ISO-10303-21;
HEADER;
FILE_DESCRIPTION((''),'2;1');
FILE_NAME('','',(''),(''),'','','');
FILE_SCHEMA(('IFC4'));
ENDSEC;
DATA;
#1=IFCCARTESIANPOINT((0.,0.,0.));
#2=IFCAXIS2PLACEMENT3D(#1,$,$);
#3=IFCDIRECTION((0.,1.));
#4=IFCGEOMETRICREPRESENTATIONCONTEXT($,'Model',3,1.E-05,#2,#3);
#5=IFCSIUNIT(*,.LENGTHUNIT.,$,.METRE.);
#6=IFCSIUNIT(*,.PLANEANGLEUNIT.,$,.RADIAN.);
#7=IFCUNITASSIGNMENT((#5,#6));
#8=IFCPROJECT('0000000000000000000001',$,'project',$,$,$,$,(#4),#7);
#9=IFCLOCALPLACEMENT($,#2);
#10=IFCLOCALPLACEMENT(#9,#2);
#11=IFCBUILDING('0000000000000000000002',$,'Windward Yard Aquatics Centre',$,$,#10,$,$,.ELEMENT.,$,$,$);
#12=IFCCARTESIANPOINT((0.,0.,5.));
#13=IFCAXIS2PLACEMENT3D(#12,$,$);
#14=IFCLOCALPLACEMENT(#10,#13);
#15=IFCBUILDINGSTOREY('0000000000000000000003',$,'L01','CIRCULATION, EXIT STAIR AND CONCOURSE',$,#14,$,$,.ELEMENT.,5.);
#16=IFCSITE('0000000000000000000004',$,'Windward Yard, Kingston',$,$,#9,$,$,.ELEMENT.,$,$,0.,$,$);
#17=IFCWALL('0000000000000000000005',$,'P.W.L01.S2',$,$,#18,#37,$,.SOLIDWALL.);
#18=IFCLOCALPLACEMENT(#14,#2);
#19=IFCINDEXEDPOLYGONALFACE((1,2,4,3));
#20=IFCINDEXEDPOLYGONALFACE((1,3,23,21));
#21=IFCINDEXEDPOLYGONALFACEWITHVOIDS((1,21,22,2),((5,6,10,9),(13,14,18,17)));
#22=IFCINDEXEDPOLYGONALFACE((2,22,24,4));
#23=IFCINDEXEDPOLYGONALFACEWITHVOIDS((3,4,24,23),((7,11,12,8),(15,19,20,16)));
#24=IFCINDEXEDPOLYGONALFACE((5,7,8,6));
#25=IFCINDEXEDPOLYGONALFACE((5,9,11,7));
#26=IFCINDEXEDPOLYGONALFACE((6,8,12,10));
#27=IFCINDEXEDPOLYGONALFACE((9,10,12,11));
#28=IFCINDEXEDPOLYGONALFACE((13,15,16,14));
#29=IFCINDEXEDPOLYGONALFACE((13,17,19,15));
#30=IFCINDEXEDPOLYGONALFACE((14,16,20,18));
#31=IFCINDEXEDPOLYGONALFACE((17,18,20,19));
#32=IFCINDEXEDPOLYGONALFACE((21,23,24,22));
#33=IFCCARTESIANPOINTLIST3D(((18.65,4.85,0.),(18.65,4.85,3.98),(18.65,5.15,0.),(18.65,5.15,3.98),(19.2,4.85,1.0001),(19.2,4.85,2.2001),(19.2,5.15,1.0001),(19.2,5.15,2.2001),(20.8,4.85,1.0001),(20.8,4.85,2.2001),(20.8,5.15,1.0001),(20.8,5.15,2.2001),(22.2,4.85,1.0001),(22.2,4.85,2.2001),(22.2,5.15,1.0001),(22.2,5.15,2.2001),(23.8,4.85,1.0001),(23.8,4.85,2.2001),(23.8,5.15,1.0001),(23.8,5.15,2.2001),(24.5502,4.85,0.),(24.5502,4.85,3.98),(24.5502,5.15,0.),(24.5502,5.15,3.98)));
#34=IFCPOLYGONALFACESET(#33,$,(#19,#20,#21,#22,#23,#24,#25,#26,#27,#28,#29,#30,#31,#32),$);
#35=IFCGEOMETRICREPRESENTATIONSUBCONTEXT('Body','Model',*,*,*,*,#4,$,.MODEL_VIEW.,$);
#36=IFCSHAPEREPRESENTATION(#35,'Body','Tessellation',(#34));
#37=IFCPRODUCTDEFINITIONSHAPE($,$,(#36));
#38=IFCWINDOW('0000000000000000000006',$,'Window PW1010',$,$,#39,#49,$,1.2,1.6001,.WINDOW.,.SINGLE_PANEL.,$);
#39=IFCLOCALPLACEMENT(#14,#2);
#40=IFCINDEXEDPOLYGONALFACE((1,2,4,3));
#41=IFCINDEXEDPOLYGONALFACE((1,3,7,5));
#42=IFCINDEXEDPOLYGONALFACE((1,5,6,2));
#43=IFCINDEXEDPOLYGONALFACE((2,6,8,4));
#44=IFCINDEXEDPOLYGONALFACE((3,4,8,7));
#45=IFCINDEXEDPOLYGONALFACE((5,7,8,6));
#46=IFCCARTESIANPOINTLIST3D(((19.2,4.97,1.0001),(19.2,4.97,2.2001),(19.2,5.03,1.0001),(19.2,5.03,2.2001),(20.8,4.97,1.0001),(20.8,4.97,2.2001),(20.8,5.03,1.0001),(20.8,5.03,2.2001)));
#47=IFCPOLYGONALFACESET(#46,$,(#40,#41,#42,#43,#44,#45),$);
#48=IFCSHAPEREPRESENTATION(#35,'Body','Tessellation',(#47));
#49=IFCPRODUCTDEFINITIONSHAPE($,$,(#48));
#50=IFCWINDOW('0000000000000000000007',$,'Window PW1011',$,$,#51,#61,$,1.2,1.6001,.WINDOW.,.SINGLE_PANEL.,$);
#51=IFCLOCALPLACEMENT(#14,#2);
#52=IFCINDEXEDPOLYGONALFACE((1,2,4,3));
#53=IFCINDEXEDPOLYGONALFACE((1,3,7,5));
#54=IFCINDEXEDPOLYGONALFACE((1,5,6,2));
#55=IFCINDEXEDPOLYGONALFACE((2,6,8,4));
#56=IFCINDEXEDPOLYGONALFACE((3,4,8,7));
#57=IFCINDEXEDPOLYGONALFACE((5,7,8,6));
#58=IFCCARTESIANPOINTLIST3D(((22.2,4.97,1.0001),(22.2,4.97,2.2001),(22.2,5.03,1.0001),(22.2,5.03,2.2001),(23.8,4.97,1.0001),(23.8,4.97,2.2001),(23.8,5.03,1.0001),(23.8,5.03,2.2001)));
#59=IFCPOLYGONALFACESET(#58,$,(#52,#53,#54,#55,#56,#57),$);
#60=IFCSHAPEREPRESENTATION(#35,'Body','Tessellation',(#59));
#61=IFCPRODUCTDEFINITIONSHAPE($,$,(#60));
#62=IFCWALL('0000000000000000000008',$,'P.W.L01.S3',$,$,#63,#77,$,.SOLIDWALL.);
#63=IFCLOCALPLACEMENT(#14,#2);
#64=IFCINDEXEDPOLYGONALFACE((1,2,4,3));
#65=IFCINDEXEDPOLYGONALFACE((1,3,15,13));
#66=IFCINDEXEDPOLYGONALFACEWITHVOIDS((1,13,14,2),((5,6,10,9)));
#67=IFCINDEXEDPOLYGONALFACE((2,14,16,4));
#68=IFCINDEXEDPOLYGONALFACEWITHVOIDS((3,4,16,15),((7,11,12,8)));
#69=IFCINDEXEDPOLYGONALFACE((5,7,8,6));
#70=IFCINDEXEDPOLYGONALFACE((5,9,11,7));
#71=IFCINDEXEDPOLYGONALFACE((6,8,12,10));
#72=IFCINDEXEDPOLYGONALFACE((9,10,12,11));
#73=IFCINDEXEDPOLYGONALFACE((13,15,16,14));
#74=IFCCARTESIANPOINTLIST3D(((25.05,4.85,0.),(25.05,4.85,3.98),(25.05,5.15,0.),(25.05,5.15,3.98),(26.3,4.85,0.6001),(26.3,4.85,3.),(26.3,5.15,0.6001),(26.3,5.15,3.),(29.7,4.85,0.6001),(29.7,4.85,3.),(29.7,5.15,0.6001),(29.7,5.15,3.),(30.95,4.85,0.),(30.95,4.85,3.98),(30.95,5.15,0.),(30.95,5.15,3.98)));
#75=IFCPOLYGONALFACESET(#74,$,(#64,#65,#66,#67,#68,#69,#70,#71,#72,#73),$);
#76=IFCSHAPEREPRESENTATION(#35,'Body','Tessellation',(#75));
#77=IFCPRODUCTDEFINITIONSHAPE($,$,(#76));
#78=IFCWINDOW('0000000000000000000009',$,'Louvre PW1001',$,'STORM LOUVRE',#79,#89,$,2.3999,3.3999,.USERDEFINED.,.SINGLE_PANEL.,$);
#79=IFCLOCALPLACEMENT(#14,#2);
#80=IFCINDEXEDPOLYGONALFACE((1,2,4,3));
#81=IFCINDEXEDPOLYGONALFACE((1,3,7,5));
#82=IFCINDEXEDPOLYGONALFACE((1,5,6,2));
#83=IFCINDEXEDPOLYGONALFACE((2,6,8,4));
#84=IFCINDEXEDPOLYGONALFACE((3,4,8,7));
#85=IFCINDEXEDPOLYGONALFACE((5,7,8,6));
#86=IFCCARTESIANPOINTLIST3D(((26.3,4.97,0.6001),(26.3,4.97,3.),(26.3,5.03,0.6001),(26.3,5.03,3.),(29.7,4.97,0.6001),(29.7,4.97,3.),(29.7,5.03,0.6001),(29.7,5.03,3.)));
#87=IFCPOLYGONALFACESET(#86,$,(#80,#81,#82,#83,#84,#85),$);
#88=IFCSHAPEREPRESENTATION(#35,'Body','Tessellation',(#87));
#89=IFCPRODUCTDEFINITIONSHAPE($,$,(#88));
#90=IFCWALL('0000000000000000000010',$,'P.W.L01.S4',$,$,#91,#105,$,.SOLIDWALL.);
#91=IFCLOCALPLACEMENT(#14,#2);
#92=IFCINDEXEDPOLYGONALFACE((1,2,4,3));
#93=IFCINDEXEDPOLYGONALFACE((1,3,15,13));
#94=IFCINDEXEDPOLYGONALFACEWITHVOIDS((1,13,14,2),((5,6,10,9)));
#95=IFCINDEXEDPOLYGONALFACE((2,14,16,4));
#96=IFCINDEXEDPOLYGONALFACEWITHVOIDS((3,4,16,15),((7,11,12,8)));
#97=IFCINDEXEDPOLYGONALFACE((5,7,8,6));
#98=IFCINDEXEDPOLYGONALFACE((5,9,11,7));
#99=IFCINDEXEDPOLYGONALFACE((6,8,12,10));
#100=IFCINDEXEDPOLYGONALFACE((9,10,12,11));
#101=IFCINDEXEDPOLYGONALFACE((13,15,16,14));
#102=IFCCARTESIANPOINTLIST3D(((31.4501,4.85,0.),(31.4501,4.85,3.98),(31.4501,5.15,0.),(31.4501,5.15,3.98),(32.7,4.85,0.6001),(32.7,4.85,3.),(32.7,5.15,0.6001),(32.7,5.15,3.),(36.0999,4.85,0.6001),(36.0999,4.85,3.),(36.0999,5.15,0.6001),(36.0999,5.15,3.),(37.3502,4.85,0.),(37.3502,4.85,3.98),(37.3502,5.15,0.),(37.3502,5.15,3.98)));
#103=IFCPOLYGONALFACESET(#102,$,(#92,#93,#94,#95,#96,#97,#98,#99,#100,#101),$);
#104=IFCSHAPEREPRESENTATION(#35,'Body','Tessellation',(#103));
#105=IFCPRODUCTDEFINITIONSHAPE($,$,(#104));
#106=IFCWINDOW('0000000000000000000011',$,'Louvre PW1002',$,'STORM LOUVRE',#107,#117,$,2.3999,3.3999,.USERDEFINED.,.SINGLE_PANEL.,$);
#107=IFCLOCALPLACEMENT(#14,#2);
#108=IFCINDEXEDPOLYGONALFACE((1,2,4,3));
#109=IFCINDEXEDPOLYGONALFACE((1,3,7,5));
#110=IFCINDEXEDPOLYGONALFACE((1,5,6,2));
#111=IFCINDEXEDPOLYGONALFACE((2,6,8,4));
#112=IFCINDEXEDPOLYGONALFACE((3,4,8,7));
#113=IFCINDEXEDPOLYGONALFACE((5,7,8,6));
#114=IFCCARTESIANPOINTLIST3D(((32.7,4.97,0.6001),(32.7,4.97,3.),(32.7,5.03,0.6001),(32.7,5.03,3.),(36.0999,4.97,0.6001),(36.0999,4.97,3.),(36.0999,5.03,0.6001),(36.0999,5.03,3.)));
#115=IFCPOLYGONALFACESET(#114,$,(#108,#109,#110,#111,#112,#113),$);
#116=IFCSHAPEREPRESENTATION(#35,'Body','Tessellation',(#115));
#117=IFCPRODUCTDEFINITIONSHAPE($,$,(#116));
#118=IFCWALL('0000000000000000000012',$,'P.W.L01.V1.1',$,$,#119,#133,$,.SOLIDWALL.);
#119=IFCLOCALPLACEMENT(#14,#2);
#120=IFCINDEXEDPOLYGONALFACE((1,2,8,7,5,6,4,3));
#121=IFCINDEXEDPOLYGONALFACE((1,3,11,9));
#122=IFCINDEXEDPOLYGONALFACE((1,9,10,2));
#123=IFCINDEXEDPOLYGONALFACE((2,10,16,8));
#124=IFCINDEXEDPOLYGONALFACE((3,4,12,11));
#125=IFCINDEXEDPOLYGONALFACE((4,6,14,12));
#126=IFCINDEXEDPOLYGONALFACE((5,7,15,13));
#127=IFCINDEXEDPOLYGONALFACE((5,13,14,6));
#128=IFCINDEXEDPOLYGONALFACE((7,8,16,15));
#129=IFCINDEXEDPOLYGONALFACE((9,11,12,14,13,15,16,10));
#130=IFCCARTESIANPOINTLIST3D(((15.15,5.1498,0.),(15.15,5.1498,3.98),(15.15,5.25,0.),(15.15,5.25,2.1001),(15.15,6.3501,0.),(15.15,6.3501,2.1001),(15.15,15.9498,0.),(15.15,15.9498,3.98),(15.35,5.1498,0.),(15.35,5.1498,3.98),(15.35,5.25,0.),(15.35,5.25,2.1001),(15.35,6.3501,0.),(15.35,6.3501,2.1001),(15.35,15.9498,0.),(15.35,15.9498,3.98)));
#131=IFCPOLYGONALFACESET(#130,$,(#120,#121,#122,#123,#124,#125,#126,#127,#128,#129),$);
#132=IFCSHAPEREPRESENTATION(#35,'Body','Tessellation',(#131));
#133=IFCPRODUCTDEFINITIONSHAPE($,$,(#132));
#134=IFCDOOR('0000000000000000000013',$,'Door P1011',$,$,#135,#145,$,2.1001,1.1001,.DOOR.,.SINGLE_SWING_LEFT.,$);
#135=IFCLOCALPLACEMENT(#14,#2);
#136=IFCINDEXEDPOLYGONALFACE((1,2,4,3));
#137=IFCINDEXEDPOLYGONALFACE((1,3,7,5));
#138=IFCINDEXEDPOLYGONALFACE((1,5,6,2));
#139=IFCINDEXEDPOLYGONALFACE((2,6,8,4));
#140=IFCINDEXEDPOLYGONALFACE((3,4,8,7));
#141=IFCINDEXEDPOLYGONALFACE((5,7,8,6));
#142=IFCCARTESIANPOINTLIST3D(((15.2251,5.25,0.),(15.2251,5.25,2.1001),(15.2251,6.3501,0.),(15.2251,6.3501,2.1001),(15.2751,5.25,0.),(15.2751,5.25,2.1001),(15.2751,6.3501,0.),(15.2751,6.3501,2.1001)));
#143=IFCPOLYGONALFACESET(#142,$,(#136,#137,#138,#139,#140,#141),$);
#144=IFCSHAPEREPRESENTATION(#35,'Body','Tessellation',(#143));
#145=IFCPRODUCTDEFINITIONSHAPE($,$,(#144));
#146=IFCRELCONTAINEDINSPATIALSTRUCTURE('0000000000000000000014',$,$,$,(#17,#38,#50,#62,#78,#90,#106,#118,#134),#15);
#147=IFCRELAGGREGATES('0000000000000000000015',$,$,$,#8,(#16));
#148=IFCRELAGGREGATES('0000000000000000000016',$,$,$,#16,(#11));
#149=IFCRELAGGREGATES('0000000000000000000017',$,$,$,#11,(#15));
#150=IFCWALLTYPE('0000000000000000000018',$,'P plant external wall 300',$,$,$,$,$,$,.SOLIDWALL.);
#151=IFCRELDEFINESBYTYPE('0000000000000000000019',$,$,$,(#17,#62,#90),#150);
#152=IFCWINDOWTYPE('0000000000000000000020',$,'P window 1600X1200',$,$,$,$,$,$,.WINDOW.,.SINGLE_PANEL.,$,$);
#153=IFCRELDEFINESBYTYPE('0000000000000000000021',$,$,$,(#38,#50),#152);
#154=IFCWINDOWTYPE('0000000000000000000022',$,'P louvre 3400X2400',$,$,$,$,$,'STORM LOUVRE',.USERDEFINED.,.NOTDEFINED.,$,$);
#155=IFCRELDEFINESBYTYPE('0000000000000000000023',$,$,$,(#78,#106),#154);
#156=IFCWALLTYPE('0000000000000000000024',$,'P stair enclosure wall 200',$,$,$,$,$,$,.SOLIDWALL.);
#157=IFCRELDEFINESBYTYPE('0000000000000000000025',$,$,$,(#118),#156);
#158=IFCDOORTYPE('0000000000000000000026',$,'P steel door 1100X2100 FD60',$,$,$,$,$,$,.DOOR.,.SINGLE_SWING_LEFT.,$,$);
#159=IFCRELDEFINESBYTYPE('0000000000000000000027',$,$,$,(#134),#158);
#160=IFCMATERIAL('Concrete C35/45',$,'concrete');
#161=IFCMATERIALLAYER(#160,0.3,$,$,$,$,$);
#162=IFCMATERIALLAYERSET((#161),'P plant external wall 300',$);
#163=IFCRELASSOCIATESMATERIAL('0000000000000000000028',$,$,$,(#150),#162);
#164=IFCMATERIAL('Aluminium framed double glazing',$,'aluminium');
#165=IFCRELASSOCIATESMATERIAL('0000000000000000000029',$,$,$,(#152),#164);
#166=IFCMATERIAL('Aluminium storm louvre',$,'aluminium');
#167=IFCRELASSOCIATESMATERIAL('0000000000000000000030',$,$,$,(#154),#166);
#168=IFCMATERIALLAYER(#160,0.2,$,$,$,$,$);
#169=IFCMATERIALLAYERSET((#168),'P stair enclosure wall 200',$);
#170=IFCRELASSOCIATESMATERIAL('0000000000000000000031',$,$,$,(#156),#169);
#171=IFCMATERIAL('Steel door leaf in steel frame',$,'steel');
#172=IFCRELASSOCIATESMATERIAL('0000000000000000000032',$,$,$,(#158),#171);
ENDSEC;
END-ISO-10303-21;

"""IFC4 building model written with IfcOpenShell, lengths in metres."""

from ifc_helpers import new_model, si_unit, direction, frame, frame_2d, origin, place, context, subcontext, project, spatial, rectangle, extrude, material, layer, layer_set, type_object, element, fill, save


model = new_model("IFC4")

# Units and contexts
model_context = context("Model", 3, precision=1e-05, world=origin(), true_north=direction((0.0, 1.0)))
body_context = subcontext(model_context, "Body", "Model", "MODEL_VIEW")
ifc_project = project(units=[si_unit("LENGTHUNIT", "METRE"), si_unit("PLANEANGLEUNIT", "RADIAN")], contexts=[model_context])

# Site, building, storey
site_placement = place(None, origin())
site = spatial("IfcSite", under=ifc_project, at=site_placement, Name="Windward Yard, Kingston", CompositionType="ELEMENT", RefElevation=0.0)
building_placement = place(site_placement, origin())
building = spatial("IfcBuilding", under=site, at=building_placement, Name="Windward Yard Aquatics Centre", CompositionType="ELEMENT")
storey_placement = place(building_placement, frame((0.0, 0.0, 5.0)))
storey = spatial("IfcBuildingStorey", under=building, at=storey_placement, Name="L01", Description="CIRCULATION, EXIT STAIR AND CONCOURSE", CompositionType="ELEMENT", Elevation=5.0)

# Shared definitions
ifc_material_1 = material(Name="Concrete C35/45", Category="concrete")

# Wall, openings, windows
ifc_layer_1 = layer(ifc_material_1, 0.3)
ifc_layer_set_1 = layer_set([ifc_layer_1], Name="P plant external wall 300")
wall_type_1 = type_object("IfcWallType", Name="P plant external wall 300", PredefinedType="SOLIDWALL", material=ifc_layer_set_1)
wall_1_placement = place(storey_placement, frame((18.6499, 5.0, 0.0), z_axis=(0.0, 0.0, 1.0), x_axis=(1.0, 0.0, 0.0)))
wall_1 = element("IfcWall", 1, at=wall_1_placement, inside=storey, type_object=wall_type_1, Name="P.W.L01.S2", PredefinedType="SOLIDWALL", context=body_context, shape_type="SweptSolid", body=[
    extrude(rectangle(XDim=5.9001, YDim=0.3, at=frame_2d((2.9502, 0.0))), origin(), (0.0, 0.0, 1.0), 3.98),
])
opening_1_placement = place(wall_1_placement, frame((0.55, 0.0, 1.0)))
opening_1 = element("IfcOpeningElement", 2, at=opening_1_placement, cuts=wall_1, PredefinedType="OPENING", context=body_context, shape_type="SweptSolid", body=[
    extrude(rectangle(XDim=1.6001, YDim=1.2, at=frame_2d((0.8, 0.6001))), frame((0.0, 0.1602, 0.0), z_axis=(0.0, -1.0, 0.0), x_axis=(1.0, 0.0, 0.0)), (0.0, 0.0, 1.0), 0.3201),
])
opening_2_placement = place(wall_1_placement, frame((3.55, 0.0, 1.0)))
opening_2 = element("IfcOpeningElement", 3, at=opening_2_placement, cuts=wall_1, PredefinedType="OPENING", context=body_context, shape_type="SweptSolid", body=[
    extrude(rectangle(XDim=1.6001, YDim=1.2, at=frame_2d((0.8, 0.6001))), frame((0.0, 0.1602, 0.0), z_axis=(0.0, -1.0, 0.0), x_axis=(1.0, 0.0, 0.0)), (0.0, 0.0, 1.0), 0.3201),
])
ifc_material_2 = material(Name="Aluminium framed double glazing", Category="aluminium")
window_type_1 = type_object("IfcWindowType", Name="P window 1600X1200", PartitioningType="SINGLE_PANEL", PredefinedType="WINDOW", material=ifc_material_2)
window_1_placement = place(opening_1_placement, origin())
window_1 = element("IfcWindow", 4, at=window_1_placement, inside=storey, type_object=window_type_1, Name="Window PW1010", OverallHeight=1.2, OverallWidth=1.6001, PartitioningType="SINGLE_PANEL", PredefinedType="WINDOW", context=body_context, shape_type="SweptSolid", body=[
    extrude(rectangle(XDim=1.6001, YDim=1.2, at=frame_2d((0.8, 0.6001))), frame((0.0, 0.03, 0.0), z_axis=(0.0, -1.0, 0.0), x_axis=(1.0, 0.0, 0.0)), (0.0, 0.0, 1.0), 0.0601),
])
fill(opening_1, window_1)
window_2_placement = place(opening_2_placement, origin())
window_2 = element("IfcWindow", 5, at=window_2_placement, inside=storey, type_object=window_type_1, Name="Window PW1011", OverallHeight=1.2, OverallWidth=1.6001, PartitioningType="SINGLE_PANEL", PredefinedType="WINDOW", context=body_context, shape_type="SweptSolid", body=[
    extrude(rectangle(XDim=1.6001, YDim=1.2, at=frame_2d((0.8, 0.6001))), frame((0.0, 0.03, 0.0), z_axis=(0.0, -1.0, 0.0), x_axis=(1.0, 0.0, 0.0)), (0.0, 0.0, 1.0), 0.0601),
])
fill(opening_2, window_2)

# Walls, openings, windows
wall_2_placement = place(storey_placement, frame((25.05, 5.0, 0.0), z_axis=(0.0, 0.0, 1.0), x_axis=(1.0, 0.0, 0.0)))
wall_2 = element("IfcWall", 6, at=wall_2_placement, inside=storey, type_object=wall_type_1, Name="P.W.L01.S3", PredefinedType="SOLIDWALL", context=body_context, shape_type="SweptSolid", body=[
    extrude(rectangle(XDim=5.8999, YDim=0.3, at=frame_2d((2.95, 0.0))), origin(), (0.0, 0.0, 1.0), 3.98),
])
opening_3_placement = place(wall_2_placement, frame((1.25, 0.0, 0.6001)))
opening_3 = element("IfcOpeningElement", 7, at=opening_3_placement, cuts=wall_2, PredefinedType="OPENING", context=body_context, shape_type="SweptSolid", body=[
    extrude(rectangle(XDim=3.3999, YDim=2.3999, at=frame_2d((1.7, 1.2))), frame((0.0, 0.1602, 0.0), z_axis=(0.0, -1.0, 0.0), x_axis=(1.0, 0.0, 0.0)), (0.0, 0.0, 1.0), 0.3201),
])
ifc_material_3 = material(Name="Aluminium storm louvre", Category="aluminium")
window_type_2 = type_object("IfcWindowType", Name="P louvre 3400X2400", ElementType="STORM LOUVRE", PartitioningType="NOTDEFINED", PredefinedType="USERDEFINED", material=ifc_material_3)
window_3_placement = place(opening_3_placement, origin())
window_3 = element("IfcWindow", 8, at=window_3_placement, inside=storey, type_object=window_type_2, Name="Louvre PW1001", ObjectType="STORM LOUVRE", OverallHeight=2.3999, OverallWidth=3.3999, PartitioningType="SINGLE_PANEL", PredefinedType="USERDEFINED", context=body_context, shape_type="SweptSolid", body=[
    extrude(rectangle(XDim=3.3999, YDim=2.3999, at=frame_2d((1.7, 1.2))), frame((0.0, 0.03, 0.0), z_axis=(0.0, -1.0, 0.0), x_axis=(1.0, 0.0, 0.0)), (0.0, 0.0, 1.0), 0.0601),
])
fill(opening_3, window_3)
wall_3_placement = place(storey_placement, frame((31.45, 5.0, 0.0), z_axis=(0.0, 0.0, 1.0), x_axis=(1.0, 0.0, 0.0)))
wall_3 = element("IfcWall", 9, at=wall_3_placement, inside=storey, type_object=wall_type_1, Name="P.W.L01.S4", PredefinedType="SOLIDWALL", context=body_context, shape_type="SweptSolid", body=[
    extrude(rectangle(XDim=5.9001, YDim=0.3, at=frame_2d((2.9502, 0.0))), origin(), (0.0, 0.0, 1.0), 3.98),
])
opening_4_placement = place(wall_3_placement, frame((1.25, 0.0, 0.6001)))
opening_4 = element("IfcOpeningElement", 10, at=opening_4_placement, cuts=wall_3, PredefinedType="OPENING", context=body_context, shape_type="SweptSolid", body=[
    extrude(rectangle(XDim=3.3999, YDim=2.3999, at=frame_2d((1.7, 1.2))), frame((0.0, 0.1602, 0.0), z_axis=(0.0, -1.0, 0.0), x_axis=(1.0, 0.0, 0.0)), (0.0, 0.0, 1.0), 0.3201),
])
window_4_placement = place(opening_4_placement, origin())
window_4 = element("IfcWindow", 11, at=window_4_placement, inside=storey, type_object=window_type_2, Name="Louvre PW1002", ObjectType="STORM LOUVRE", OverallHeight=2.3999, OverallWidth=3.3999, PartitioningType="SINGLE_PANEL", PredefinedType="USERDEFINED", context=body_context, shape_type="SweptSolid", body=[
    extrude(rectangle(XDim=3.3999, YDim=2.3999, at=frame_2d((1.7, 1.2))), frame((0.0, 0.03, 0.0), z_axis=(0.0, -1.0, 0.0), x_axis=(1.0, 0.0, 0.0)), (0.0, 0.0, 1.0), 0.0601),
])
fill(opening_4, window_4)

# Wall, opening, door
ifc_layer_2 = layer(ifc_material_1, 0.2)
ifc_layer_set_2 = layer_set([ifc_layer_2], Name="P stair enclosure wall 200")
wall_type_2 = type_object("IfcWallType", Name="P stair enclosure wall 200", PredefinedType="SOLIDWALL", material=ifc_layer_set_2)
wall_4_placement = place(storey_placement, frame((15.25, 5.1499, 0.0), z_axis=(0.0, 0.0, 1.0), x_axis=(0.0, 1.0, 0.0)))
wall_4 = element("IfcWall", 12, at=wall_4_placement, inside=storey, type_object=wall_type_2, Name="P.W.L01.V1.1", PredefinedType="SOLIDWALL", context=body_context, shape_type="SweptSolid", body=[
    extrude(rectangle(XDim=10.8, YDim=0.2, at=frame_2d((5.3999, 0.0))), origin(), (0.0, 0.0, 1.0), 3.98),
])
opening_5_placement = place(wall_4_placement, frame((0.1001, 0.0, 0.0)))
opening_5 = element("IfcOpeningElement", 13, at=opening_5_placement, cuts=wall_4, PredefinedType="OPENING", context=body_context, shape_type="SweptSolid", body=[
    extrude(rectangle(XDim=1.1001, YDim=2.1001, at=frame_2d((0.55, 1.05))), frame((0.0, 0.1099, 0.0), z_axis=(0.0, -1.0, 0.0), x_axis=(1.0, 0.0, 0.0)), (0.0, 0.0, 1.0), 0.22),
])
ifc_material_4 = material(Name="Steel door leaf in steel frame", Category="steel")
door_type = type_object("IfcDoorType", Name="P steel door 1100X2100 FD60", OperationType="SINGLE_SWING_LEFT", PredefinedType="DOOR", material=ifc_material_4)
door_placement = place(opening_5_placement, origin())
door = element("IfcDoor", 14, at=door_placement, inside=storey, type_object=door_type, Name="Door P1011", OperationType="SINGLE_SWING_LEFT", OverallHeight=2.1001, OverallWidth=1.1001, PredefinedType="DOOR", context=body_context, shape_type="SweptSolid", body=[
    extrude(rectangle(XDim=1.1001, YDim=2.1001, at=frame_2d((0.55, 1.05))), frame((0.0, 0.0249, 0.0), z_axis=(0.0, -1.0, 0.0), x_axis=(1.0, 0.0, 0.0)), (0.0, 0.0, 1.0), 0.05),
])
fill(opening_5, door)

save(model, "model.ifc")
